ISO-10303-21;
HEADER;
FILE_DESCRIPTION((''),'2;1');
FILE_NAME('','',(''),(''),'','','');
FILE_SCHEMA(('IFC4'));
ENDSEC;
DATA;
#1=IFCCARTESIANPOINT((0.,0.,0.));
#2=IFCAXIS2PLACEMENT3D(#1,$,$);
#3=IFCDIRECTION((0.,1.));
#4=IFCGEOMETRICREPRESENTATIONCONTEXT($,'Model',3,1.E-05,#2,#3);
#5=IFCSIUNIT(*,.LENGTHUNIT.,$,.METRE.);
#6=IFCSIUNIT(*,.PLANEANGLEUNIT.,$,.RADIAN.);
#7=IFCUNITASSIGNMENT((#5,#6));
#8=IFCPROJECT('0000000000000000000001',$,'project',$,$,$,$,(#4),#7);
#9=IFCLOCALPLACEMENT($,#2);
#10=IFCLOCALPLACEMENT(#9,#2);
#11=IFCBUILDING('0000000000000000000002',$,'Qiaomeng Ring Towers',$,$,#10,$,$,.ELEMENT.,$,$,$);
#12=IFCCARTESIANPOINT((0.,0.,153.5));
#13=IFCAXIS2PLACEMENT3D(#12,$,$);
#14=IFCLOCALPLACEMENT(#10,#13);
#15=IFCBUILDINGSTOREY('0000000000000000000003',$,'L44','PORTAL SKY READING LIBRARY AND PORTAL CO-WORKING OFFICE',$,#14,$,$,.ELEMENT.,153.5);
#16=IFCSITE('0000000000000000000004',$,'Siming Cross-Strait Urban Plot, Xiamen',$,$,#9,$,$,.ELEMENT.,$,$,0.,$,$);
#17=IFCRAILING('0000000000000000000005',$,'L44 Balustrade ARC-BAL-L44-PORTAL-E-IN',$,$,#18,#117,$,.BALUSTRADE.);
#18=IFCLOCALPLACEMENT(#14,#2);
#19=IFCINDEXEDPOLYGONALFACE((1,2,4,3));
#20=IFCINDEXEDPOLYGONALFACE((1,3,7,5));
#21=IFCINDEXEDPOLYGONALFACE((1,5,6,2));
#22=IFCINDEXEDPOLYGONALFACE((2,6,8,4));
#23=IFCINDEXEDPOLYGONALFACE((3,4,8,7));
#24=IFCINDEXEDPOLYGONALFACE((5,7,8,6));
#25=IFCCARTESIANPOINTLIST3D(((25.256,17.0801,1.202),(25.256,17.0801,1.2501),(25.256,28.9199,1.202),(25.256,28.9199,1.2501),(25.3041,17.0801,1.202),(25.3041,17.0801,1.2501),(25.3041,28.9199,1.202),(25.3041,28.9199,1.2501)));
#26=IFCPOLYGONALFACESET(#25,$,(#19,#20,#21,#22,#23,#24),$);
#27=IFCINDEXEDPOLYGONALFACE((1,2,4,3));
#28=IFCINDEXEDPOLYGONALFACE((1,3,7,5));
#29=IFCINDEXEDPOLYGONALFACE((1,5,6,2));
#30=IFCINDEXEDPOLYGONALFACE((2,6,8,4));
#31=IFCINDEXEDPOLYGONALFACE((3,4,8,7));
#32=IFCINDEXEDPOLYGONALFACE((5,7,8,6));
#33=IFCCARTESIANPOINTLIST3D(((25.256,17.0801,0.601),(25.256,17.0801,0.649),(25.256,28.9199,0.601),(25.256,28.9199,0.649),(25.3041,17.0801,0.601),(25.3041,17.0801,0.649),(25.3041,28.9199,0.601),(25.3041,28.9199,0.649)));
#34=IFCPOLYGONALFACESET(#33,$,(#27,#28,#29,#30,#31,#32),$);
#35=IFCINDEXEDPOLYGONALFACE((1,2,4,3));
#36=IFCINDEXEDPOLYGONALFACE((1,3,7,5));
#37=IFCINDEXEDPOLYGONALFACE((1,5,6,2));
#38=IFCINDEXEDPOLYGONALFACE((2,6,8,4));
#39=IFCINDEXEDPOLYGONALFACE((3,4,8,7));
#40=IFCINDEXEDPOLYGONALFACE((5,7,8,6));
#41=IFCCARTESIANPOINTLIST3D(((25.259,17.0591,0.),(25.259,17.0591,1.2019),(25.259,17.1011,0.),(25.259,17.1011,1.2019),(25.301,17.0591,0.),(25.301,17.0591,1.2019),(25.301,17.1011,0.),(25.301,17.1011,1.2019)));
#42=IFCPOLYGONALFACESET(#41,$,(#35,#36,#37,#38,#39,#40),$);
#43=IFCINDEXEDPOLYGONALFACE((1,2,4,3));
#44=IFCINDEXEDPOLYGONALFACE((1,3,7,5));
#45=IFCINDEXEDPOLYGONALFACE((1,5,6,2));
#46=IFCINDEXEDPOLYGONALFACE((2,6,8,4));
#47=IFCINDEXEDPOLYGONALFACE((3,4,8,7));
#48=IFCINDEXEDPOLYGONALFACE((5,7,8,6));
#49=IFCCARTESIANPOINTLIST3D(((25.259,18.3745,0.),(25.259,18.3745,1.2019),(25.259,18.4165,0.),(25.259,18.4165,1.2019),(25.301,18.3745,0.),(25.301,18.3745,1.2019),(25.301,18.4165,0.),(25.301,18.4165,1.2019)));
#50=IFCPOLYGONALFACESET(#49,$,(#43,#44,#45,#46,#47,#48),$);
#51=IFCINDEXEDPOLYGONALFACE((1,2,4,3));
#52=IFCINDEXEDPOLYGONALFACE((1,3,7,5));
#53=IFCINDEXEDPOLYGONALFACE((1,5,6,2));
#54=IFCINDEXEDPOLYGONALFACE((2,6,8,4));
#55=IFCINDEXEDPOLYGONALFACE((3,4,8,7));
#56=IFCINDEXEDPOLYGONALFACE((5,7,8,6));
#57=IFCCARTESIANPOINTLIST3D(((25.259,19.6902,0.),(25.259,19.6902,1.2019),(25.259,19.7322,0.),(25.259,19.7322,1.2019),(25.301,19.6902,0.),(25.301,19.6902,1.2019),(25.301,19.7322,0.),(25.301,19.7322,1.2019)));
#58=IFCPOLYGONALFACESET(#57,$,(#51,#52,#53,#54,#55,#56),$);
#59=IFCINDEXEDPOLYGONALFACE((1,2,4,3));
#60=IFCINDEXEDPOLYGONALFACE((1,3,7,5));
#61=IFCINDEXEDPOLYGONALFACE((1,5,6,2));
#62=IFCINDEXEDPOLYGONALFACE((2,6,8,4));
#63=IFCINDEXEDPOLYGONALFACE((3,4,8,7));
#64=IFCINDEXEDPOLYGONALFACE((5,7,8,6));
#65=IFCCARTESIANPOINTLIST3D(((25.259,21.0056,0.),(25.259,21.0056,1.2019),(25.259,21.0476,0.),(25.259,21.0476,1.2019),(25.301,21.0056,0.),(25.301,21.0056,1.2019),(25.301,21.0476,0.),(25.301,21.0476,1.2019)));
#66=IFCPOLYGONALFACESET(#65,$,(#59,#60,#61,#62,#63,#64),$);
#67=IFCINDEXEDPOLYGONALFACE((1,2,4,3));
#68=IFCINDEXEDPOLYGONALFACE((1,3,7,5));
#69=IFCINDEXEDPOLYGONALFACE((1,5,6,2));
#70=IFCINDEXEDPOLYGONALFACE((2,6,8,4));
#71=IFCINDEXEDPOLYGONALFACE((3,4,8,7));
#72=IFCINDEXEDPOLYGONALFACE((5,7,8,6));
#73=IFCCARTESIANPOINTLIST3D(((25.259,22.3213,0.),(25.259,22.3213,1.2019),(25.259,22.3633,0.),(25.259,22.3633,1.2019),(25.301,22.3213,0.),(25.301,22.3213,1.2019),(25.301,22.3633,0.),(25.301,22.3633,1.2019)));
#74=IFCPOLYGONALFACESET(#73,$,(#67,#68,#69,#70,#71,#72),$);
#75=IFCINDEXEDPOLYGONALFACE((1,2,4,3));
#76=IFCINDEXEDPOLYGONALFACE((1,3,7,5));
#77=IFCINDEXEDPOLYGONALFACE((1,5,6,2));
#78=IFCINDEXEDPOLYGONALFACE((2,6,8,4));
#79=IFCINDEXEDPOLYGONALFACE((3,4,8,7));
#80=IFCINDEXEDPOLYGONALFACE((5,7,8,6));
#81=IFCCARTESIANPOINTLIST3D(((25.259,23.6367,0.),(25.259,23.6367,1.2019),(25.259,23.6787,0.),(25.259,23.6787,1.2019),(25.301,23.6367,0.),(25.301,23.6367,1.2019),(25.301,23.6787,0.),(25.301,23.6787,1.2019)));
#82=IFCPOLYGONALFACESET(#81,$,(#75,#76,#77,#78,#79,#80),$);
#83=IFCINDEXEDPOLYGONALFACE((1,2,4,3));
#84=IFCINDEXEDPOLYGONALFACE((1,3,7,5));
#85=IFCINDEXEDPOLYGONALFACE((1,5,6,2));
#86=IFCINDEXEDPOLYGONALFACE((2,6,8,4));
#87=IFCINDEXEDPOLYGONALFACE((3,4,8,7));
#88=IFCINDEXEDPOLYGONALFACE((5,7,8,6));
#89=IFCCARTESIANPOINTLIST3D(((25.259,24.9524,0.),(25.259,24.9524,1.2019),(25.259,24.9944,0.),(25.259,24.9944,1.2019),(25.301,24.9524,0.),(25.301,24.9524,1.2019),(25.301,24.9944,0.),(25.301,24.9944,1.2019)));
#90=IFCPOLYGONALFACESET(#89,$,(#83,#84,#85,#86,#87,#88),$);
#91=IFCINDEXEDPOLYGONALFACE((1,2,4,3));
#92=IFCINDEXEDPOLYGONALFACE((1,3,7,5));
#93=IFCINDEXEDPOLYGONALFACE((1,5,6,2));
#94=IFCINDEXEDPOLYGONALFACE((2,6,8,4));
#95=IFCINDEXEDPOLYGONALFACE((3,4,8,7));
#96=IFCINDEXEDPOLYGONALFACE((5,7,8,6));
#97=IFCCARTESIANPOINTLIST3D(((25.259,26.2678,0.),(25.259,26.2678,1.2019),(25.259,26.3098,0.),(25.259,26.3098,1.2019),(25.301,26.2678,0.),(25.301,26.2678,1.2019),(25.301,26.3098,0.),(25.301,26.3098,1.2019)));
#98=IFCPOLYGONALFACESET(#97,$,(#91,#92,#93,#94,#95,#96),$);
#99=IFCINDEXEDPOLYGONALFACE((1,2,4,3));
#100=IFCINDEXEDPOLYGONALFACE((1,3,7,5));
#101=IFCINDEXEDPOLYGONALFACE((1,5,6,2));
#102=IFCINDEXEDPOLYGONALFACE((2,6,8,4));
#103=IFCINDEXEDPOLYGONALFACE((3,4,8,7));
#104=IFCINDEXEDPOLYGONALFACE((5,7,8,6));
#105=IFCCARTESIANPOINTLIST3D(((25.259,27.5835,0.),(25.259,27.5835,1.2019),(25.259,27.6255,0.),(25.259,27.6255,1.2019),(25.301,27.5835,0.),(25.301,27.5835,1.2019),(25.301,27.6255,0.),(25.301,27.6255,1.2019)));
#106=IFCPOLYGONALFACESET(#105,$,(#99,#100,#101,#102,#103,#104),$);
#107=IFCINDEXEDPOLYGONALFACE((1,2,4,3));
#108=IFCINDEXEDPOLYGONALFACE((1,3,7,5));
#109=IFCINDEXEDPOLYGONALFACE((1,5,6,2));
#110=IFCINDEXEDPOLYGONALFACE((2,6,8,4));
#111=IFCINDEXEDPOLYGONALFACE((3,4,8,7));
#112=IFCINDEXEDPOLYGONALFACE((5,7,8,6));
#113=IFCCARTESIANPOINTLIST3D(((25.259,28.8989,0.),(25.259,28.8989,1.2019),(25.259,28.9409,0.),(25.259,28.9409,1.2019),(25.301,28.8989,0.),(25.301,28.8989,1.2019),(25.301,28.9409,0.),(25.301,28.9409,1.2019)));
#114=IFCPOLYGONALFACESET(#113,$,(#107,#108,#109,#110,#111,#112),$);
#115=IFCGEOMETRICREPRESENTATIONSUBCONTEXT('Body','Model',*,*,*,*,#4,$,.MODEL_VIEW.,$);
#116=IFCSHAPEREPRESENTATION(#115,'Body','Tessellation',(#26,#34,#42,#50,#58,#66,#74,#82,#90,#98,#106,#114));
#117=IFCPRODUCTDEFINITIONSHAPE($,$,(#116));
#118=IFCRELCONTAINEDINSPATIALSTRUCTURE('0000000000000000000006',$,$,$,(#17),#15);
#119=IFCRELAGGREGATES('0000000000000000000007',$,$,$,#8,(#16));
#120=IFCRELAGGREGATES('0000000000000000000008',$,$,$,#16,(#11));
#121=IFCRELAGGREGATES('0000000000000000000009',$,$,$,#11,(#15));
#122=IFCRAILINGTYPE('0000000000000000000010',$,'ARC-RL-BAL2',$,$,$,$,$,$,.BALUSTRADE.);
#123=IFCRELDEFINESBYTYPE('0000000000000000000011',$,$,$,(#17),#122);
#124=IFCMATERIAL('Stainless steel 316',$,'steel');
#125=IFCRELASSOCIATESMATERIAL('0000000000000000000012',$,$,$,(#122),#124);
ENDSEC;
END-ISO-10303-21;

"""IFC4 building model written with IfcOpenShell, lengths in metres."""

from ifc_helpers import new_model, si_unit, direction, frame, origin, origin_2d, place, context, subcontext, project, spatial, rectangle, extrude, material, type_object, element, save


model = new_model("IFC4")

# Units and contexts
model_context = context("Model", 3, precision=1e-05, world=origin(), true_north=direction((0.0, 1.0)))
body_context = subcontext(model_context, "Body", "Model", "MODEL_VIEW")
ifc_project = project(units=[si_unit("LENGTHUNIT", "METRE"), si_unit("PLANEANGLEUNIT", "RADIAN")], contexts=[model_context])

# Site, building, storey
site_placement = place(None, origin())
site = spatial("IfcSite", under=ifc_project, at=site_placement, Name="Siming Cross-Strait Urban Plot, Xiamen", CompositionType="ELEMENT", RefElevation=0.0)
building_placement = place(site_placement, origin())
building = spatial("IfcBuilding", under=site, at=building_placement, Name="Qiaomeng Ring Towers", CompositionType="ELEMENT")
storey_placement = place(building_placement, frame((0.0, 0.0, 153.5)))
storey = spatial("IfcBuildingStorey", under=building, at=storey_placement, Name="L44", Description="PORTAL SKY READING LIBRARY AND PORTAL CO-WORKING OFFICE", CompositionType="ELEMENT", Elevation=153.5)

# Shared definitions
ifc_material_1 = material(Name="Stainless steel 316", Category="steel")

# Railing
railing_type = type_object("IfcRailingType", Name="ARC-RL-BAL2", PredefinedType="BALUSTRADE", material=ifc_material_1)
railing_1_placement = place(storey_placement, frame((25.28, 17.0801, 0.0)))
element("IfcRailing", 1, at=railing_1_placement, inside=storey, type_object=railing_type, Name="L44 Balustrade ARC-BAL-L44-PORTAL-E-IN", PredefinedType="BALUSTRADE", context=body_context, shape_type="SweptSolid", body=[
    extrude(rectangle(XDim=0.0481, YDim=0.0481, at=origin_2d()), frame((0.0, 0.0, 1.2261), z_axis=(0.0, 1.0, 0.0), x_axis=(-1.0, 0.0, 0.0)), (0.0, 0.0, 1.0), 11.8398),
    extrude(rectangle(XDim=0.0481, YDim=0.0481, at=origin_2d()), frame((0.0, 0.0, 0.625), z_axis=(0.0, 1.0, 0.0), x_axis=(-1.0, 0.0, 0.0)), (0.0, 0.0, 1.0), 11.8398),
    extrude(rectangle(XDim=0.042, YDim=0.042, at=origin_2d()), origin(), (0.0, 0.0, 1.0), 1.2019),
    extrude(rectangle(XDim=0.042, YDim=0.042, at=origin_2d()), frame((0.0, 1.3154, 0.0)), (0.0, 0.0, 1.0), 1.2019),
    extrude(rectangle(XDim=0.042, YDim=0.042, at=origin_2d()), frame((0.0, 2.6311, 0.0)), (0.0, 0.0, 1.0), 1.2019),
    extrude(rectangle(XDim=0.042, YDim=0.042, at=origin_2d()), frame((0.0, 3.9465, 0.0)), (0.0, 0.0, 1.0), 1.2019),
    extrude(rectangle(XDim=0.042, YDim=0.042, at=origin_2d()), frame((0.0, 5.2622, 0.0)), (0.0, 0.0, 1.0), 1.2019),
    extrude(rectangle(XDim=0.042, YDim=0.042, at=origin_2d()), frame((0.0, 6.5776, 0.0)), (0.0, 0.0, 1.0), 1.2019),
    extrude(rectangle(XDim=0.042, YDim=0.042, at=origin_2d()), frame((0.0, 7.8933, 0.0)), (0.0, 0.0, 1.0), 1.2019),
    extrude(rectangle(XDim=0.042, YDim=0.042, at=origin_2d()), frame((0.0, 9.2087, 0.0)), (0.0, 0.0, 1.0), 1.2019),
    extrude(rectangle(XDim=0.042, YDim=0.042, at=origin_2d()), frame((0.0, 10.5244, 0.0)), (0.0, 0.0, 1.0), 1.2019),
    extrude(rectangle(XDim=0.042, YDim=0.042, at=origin_2d()), frame((0.0, 11.8398, 0.0)), (0.0, 0.0, 1.0), 1.2019),
])

save(model, "model.ifc")
